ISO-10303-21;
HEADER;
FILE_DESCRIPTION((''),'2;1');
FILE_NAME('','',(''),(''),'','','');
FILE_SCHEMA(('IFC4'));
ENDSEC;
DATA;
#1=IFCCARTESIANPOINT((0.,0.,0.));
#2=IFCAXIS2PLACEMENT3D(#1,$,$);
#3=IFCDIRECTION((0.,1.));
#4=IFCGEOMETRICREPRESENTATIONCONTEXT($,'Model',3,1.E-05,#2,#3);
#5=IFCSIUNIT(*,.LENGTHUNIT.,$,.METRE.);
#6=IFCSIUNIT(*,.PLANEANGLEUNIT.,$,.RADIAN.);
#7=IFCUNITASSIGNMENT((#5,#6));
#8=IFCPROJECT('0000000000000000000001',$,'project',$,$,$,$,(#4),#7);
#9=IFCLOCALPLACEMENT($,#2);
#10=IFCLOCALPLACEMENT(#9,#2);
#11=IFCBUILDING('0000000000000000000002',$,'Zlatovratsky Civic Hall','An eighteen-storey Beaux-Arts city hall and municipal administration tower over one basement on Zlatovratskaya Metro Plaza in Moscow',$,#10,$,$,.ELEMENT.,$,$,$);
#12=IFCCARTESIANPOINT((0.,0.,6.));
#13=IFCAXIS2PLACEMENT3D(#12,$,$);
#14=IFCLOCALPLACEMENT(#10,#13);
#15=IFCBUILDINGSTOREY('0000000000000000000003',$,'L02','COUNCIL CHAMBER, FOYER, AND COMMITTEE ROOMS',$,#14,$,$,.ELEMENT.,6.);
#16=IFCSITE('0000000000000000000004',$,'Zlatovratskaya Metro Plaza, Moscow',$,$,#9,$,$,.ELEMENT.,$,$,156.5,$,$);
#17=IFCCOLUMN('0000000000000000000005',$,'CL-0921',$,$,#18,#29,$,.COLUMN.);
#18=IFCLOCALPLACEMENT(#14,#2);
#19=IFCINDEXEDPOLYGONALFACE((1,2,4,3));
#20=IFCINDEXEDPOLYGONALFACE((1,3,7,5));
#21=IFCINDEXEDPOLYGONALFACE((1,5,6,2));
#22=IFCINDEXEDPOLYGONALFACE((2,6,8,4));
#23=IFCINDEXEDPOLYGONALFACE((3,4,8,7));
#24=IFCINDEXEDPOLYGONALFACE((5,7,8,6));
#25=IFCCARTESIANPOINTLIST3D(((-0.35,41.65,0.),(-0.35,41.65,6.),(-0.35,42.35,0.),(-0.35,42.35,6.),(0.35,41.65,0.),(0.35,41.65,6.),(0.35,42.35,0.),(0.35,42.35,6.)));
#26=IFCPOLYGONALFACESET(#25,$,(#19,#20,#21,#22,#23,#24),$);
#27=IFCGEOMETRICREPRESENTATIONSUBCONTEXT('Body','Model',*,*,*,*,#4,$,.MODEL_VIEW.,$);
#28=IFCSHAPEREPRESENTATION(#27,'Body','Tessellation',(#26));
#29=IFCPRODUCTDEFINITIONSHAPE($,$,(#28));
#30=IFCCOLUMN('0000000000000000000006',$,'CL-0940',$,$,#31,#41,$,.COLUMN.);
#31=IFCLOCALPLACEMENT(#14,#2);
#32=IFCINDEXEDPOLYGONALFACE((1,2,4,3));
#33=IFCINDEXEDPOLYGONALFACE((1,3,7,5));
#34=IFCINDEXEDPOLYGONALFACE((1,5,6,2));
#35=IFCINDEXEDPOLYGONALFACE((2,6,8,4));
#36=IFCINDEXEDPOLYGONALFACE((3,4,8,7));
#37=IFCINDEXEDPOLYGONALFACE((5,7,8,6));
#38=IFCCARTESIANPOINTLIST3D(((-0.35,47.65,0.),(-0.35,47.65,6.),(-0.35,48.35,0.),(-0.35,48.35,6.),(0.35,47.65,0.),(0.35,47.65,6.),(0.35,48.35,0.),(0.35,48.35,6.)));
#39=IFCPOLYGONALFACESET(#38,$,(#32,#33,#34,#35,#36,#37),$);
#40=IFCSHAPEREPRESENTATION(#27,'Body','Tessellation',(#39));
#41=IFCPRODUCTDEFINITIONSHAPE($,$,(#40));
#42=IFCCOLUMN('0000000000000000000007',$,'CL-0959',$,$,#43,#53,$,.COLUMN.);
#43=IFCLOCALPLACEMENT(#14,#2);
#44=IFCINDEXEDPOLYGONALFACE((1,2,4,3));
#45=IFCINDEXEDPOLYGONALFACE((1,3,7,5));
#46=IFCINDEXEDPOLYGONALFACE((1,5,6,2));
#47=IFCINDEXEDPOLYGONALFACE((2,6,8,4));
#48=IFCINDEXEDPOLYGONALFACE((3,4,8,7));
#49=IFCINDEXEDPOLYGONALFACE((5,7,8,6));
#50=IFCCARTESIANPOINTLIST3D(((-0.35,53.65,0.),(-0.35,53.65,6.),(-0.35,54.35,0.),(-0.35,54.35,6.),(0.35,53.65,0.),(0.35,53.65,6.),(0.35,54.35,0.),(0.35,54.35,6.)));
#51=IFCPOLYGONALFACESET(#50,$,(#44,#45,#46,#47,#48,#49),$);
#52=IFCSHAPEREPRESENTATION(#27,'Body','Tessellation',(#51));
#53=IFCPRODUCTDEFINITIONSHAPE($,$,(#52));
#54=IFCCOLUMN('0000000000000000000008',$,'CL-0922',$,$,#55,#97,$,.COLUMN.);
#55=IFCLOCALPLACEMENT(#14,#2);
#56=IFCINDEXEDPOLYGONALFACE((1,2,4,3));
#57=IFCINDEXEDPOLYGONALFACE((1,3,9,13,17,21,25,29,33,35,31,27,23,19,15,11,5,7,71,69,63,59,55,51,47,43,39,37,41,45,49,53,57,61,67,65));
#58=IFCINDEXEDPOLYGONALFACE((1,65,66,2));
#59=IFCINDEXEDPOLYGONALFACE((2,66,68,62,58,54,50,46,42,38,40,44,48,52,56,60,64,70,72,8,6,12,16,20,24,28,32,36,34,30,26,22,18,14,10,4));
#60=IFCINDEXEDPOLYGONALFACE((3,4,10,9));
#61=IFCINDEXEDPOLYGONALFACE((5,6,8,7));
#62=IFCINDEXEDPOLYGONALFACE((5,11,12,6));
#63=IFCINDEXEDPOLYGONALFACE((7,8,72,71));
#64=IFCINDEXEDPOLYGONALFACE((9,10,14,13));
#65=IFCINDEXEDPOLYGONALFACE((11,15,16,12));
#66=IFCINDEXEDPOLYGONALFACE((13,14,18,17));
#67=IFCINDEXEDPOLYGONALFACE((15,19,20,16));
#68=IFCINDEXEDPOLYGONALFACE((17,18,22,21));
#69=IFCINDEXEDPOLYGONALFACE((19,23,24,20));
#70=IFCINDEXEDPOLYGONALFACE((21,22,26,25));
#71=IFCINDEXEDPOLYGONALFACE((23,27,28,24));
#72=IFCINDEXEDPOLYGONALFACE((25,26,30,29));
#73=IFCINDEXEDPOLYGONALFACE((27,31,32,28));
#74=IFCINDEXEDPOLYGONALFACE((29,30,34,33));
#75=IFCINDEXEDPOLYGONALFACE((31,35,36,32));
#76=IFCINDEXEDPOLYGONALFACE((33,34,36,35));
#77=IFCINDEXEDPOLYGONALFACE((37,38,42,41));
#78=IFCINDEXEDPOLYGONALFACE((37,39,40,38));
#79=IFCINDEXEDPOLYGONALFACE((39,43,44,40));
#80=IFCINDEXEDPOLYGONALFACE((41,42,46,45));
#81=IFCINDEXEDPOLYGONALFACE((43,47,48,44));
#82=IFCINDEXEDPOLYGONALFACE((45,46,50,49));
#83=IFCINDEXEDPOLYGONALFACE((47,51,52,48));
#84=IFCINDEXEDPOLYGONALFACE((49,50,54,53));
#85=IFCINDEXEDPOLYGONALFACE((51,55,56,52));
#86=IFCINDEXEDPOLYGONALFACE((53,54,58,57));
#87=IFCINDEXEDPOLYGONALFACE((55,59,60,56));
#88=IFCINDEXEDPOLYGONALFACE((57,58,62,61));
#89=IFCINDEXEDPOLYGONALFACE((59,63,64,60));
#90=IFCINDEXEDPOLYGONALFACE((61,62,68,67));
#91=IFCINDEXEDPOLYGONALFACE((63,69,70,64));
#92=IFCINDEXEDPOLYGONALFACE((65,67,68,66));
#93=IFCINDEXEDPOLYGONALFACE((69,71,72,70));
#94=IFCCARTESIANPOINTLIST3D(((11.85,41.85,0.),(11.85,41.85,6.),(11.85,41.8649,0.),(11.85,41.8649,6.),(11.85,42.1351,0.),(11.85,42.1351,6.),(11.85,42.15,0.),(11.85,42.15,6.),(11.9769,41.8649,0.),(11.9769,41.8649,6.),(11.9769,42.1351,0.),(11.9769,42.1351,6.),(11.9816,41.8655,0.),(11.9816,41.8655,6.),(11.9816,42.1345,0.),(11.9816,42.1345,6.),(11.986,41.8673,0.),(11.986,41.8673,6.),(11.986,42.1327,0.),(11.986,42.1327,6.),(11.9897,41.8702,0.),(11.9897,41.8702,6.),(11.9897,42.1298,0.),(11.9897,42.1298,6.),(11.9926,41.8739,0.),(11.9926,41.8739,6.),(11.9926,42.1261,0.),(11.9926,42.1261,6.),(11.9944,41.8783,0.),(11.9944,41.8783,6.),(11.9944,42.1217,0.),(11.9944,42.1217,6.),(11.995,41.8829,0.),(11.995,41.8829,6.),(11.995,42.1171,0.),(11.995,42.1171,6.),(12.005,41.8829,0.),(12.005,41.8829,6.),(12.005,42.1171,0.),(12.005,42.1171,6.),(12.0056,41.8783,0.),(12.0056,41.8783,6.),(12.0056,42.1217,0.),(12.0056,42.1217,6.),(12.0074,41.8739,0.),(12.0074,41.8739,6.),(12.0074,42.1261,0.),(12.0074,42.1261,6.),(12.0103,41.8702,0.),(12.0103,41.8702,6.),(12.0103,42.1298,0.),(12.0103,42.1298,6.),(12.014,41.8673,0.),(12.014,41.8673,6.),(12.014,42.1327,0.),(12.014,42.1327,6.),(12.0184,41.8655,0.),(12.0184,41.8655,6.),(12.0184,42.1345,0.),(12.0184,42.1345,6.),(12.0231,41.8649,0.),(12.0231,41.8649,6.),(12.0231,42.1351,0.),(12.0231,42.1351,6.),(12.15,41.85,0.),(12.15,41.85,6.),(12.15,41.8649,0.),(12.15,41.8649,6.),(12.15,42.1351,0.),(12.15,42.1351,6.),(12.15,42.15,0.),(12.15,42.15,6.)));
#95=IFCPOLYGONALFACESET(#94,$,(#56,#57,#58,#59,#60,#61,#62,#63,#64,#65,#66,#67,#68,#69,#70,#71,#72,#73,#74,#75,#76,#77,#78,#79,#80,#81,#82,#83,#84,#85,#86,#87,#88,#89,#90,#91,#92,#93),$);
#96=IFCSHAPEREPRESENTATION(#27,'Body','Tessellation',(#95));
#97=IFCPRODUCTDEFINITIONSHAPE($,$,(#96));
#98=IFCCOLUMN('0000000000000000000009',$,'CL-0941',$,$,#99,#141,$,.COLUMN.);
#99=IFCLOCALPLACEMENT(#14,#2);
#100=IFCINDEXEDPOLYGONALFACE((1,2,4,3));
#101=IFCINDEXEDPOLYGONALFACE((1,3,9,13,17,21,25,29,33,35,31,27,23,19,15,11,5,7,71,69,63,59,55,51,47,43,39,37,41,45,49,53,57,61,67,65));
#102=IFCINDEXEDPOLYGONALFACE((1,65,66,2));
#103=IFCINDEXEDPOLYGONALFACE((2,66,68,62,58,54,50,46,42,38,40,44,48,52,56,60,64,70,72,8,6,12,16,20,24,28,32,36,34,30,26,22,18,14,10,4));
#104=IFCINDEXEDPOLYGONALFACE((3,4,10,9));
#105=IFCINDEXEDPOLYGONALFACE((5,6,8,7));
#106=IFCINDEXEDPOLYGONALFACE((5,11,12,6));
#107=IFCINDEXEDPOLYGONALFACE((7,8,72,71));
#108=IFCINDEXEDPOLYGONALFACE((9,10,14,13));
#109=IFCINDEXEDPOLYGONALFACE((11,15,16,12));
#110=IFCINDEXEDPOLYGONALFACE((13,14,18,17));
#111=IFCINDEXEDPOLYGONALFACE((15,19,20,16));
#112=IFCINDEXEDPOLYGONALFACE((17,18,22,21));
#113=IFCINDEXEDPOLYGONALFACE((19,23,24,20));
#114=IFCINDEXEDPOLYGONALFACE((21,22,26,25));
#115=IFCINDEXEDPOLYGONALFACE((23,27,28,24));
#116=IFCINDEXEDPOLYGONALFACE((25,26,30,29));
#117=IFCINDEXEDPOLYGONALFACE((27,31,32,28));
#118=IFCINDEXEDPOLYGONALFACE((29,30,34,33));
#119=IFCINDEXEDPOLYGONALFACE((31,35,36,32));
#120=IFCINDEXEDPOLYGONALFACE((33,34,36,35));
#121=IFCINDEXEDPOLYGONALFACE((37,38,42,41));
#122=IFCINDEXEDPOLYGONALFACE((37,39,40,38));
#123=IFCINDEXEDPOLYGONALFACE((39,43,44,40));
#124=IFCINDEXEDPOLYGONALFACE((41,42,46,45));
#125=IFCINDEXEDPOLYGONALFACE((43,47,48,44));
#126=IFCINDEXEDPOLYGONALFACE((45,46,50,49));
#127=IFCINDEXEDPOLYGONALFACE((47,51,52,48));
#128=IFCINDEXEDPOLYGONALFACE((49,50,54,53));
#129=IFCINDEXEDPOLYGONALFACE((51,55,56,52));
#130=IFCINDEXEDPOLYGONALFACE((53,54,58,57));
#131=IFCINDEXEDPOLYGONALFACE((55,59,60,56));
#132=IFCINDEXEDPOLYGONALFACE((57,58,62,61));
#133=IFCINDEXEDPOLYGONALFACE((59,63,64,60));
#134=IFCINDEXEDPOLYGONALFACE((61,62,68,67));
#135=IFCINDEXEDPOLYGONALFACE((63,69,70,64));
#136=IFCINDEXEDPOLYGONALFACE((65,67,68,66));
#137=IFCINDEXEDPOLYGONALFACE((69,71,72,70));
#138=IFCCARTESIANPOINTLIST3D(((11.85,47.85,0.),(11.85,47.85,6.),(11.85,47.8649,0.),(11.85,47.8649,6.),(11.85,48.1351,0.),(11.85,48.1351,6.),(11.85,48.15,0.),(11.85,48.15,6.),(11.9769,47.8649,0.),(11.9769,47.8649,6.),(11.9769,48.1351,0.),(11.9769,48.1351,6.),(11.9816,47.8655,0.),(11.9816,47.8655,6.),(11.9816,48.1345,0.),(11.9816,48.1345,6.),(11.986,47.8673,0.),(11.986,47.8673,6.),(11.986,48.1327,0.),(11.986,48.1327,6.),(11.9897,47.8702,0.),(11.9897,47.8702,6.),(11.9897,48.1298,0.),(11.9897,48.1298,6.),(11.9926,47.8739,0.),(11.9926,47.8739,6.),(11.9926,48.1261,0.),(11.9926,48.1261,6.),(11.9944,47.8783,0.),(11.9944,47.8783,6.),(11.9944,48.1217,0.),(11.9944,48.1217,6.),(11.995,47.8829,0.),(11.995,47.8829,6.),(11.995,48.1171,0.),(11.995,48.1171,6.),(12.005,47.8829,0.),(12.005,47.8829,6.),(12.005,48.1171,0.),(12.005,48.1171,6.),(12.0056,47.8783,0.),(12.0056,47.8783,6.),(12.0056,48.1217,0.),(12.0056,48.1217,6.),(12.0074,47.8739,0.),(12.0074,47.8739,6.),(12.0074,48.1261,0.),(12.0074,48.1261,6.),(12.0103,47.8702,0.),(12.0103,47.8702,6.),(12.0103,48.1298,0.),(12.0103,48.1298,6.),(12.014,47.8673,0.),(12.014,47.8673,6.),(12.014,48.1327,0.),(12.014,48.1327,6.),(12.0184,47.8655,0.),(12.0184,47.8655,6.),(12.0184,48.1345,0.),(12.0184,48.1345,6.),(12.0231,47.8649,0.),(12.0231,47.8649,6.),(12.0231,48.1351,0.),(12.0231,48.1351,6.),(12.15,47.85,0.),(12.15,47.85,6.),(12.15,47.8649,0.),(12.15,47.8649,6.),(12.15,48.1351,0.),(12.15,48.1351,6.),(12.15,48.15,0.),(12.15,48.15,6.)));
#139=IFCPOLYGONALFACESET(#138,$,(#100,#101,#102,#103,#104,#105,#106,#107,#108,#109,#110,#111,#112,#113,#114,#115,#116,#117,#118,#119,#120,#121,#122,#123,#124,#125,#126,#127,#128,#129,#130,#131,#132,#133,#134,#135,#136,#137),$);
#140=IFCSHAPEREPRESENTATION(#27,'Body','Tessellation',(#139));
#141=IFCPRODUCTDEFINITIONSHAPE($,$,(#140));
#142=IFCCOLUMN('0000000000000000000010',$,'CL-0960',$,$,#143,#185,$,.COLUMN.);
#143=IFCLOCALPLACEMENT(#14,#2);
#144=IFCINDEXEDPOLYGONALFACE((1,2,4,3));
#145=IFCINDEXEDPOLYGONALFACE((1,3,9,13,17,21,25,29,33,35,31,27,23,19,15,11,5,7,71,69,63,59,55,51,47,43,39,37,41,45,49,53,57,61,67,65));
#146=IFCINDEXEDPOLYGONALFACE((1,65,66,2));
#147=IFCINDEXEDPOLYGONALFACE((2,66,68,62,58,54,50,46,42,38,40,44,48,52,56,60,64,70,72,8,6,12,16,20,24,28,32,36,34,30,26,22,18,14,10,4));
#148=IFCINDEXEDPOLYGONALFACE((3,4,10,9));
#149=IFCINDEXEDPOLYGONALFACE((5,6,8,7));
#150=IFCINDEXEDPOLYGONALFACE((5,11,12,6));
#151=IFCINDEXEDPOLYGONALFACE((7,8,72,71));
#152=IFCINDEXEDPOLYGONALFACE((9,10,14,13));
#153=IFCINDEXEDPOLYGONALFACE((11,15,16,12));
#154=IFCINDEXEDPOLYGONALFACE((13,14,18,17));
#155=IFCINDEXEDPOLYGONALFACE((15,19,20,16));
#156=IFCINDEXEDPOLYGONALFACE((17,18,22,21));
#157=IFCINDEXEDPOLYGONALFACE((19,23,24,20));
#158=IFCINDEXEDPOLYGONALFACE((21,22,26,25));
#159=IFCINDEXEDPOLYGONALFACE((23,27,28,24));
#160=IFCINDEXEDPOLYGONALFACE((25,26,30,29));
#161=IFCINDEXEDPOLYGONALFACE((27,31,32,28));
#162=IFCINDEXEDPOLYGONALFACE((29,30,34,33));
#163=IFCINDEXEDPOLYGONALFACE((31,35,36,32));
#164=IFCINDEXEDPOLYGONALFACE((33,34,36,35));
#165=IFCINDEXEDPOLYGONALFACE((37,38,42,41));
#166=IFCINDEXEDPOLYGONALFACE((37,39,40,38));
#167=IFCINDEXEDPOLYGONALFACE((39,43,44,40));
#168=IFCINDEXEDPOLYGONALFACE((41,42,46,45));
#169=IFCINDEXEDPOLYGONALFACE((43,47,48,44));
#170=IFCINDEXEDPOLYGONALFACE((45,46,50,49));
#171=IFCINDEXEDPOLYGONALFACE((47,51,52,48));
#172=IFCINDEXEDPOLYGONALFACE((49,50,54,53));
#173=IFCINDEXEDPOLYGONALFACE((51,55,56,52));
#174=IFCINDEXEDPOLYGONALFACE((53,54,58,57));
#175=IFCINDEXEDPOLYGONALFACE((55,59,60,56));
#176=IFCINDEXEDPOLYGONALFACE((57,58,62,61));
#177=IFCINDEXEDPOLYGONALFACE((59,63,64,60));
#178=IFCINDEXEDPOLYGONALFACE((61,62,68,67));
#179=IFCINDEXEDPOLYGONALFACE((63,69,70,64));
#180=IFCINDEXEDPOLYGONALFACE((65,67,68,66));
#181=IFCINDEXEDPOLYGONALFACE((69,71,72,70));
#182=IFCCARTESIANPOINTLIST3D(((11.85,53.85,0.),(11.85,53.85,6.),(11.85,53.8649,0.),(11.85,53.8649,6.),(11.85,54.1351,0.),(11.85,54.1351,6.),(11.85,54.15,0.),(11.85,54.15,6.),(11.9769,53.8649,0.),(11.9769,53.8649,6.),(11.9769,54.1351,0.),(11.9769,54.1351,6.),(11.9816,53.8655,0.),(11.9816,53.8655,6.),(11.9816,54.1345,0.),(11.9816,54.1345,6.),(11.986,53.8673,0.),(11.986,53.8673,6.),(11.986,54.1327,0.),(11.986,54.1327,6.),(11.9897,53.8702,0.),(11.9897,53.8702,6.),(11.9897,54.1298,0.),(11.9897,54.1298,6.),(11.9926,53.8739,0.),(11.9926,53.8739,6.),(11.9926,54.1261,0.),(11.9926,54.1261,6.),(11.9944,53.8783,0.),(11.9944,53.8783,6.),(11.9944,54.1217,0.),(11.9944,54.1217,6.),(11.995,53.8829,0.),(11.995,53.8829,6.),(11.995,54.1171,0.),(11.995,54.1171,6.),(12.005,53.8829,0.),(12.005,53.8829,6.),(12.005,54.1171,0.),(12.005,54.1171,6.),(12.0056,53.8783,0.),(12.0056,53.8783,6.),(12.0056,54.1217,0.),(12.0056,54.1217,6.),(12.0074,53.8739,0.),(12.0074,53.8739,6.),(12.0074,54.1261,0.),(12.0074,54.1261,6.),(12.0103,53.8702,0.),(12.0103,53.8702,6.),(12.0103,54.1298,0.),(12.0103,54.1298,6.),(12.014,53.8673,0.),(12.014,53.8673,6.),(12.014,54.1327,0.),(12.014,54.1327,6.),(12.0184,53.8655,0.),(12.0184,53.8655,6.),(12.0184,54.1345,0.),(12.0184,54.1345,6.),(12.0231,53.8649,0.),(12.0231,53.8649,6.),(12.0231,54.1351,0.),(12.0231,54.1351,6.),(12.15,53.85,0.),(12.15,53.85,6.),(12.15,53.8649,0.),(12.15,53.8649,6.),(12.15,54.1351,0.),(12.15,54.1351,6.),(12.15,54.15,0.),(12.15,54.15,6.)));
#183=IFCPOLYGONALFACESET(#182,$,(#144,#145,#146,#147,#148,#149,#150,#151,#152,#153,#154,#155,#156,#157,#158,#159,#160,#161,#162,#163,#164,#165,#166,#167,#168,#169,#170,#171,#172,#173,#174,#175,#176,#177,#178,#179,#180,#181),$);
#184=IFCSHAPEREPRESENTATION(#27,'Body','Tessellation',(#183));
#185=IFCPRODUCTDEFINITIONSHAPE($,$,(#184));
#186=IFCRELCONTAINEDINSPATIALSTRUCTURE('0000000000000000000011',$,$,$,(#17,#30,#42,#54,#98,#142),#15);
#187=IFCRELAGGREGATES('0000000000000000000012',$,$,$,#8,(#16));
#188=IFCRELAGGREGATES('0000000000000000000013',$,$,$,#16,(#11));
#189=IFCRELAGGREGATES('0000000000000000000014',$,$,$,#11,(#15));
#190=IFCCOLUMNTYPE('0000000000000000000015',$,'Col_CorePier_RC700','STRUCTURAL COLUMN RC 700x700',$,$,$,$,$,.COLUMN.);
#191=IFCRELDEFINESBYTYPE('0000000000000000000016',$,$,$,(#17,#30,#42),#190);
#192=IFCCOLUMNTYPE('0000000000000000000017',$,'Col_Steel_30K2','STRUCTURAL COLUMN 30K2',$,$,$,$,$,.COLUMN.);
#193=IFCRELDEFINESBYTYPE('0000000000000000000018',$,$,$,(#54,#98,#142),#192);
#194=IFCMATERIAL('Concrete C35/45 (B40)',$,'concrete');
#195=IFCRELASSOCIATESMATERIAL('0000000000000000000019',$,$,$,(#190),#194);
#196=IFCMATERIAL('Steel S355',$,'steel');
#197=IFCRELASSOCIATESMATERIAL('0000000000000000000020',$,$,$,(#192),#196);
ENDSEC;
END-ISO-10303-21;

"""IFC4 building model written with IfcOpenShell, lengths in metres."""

from ifc_helpers import new_model, si_unit, direction, frame, origin, origin_2d, place, context, subcontext, project, spatial, rectangle, i_section, extrude, material, material_profile, profile_set, type_object, element, save


model = new_model("IFC4")

# Units and contexts
model_context = context("Model", 3, precision=1e-05, world=origin(), true_north=direction((0.0, 1.0)))
body_context = subcontext(model_context, "Body", "Model", "MODEL_VIEW")
ifc_project = project(units=[si_unit("LENGTHUNIT", "METRE"), si_unit("PLANEANGLEUNIT", "RADIAN")], contexts=[model_context])

# Site, building, storey
site_placement = place(None, origin())
site = spatial("IfcSite", under=ifc_project, at=site_placement, Name="Zlatovratskaya Metro Plaza, Moscow", CompositionType="ELEMENT", RefElevation=156.5)
building_placement = place(site_placement, origin())
building = spatial("IfcBuilding", under=site, at=building_placement, Name="Zlatovratsky Civic Hall", Description="An eighteen-storey Beaux-Arts city hall and municipal administration tower over one basement on Zlatovratskaya Metro Plaza in Moscow", CompositionType="ELEMENT")
storey_placement = place(building_placement, frame((0.0, 0.0, 6.0)))
storey = spatial("IfcBuildingStorey", under=building, at=storey_placement, Name="L02", Description="COUNCIL CHAMBER, FOYER, AND COMMITTEE ROOMS", CompositionType="ELEMENT", Elevation=6.0)

# Columns
ifc_material_1 = material(Name="Concrete C35/45 (B40)", Category="concrete")
ifc_material_profile_1 = material_profile(ifc_material_1, rectangle(XDim=0.7, YDim=0.7, at=origin_2d()), Name="RC 700x700")
ifc_profile_set_1 = profile_set([ifc_material_profile_1], Name="Concrete C35/45 (B40)")
column_type_1 = type_object("IfcColumnType", Name="Col_CorePier_RC700", Description="STRUCTURAL COLUMN RC 700x700", PredefinedType="COLUMN", material=ifc_profile_set_1)
for number, where, z_axis, x_axis, name in (
    (1, (0.0, 42.0, 0.0), (0.0, 0.0, 1.0), (1.0, 0.0, 0.0), "CL-0921"),
    (2, (0.0, 48.0, 0.0), (0.0, 0.0, 1.0), (1.0, 0.0, 0.0), "CL-0940"),
    (3, (0.0, 54.0, 0.0), (0.0, 0.0, 1.0), (1.0, 0.0, 0.0), "CL-0959"),
):
    element("IfcColumn", number, at=place(storey_placement, frame(where, z_axis=z_axis, x_axis=x_axis)), inside=storey, type_object=column_type_1, Name=name, PredefinedType="COLUMN", context=body_context, shape_type="SweptSolid", body=[
        extrude(rectangle(XDim=0.7, YDim=0.7, at=origin_2d()), origin(), (0.0, 0.0, 1.0), 6.0),
    ])
ifc_material_2 = material(Name="Steel S355", Category="steel")
ifc_material_profile_2 = material_profile(ifc_material_2, i_section(OverallWidth=0.3, OverallDepth=0.3, WebThickness=0.01, FlangeThickness=0.0149, FilletRadius=0.0181, at=origin_2d()), Name="30K2")
ifc_profile_set_2 = profile_set([ifc_material_profile_2], Name="Steel S355")
column_type_2 = type_object("IfcColumnType", Name="Col_Steel_30K2", Description="STRUCTURAL COLUMN 30K2", PredefinedType="COLUMN", material=ifc_profile_set_2)
for number, where, z_axis, x_axis, name in (
    (4, (12.0, 42.0, 0.0), (0.0, 0.0, 1.0), (1.0, 0.0, 0.0), "CL-0922"),
    (5, (12.0, 48.0, 0.0), (0.0, 0.0, 1.0), (1.0, 0.0, 0.0), "CL-0941"),
    (6, (12.0, 54.0, 0.0), (0.0, 0.0, 1.0), (1.0, 0.0, 0.0), "CL-0960"),
):
    element("IfcColumn", number, at=place(storey_placement, frame(where, z_axis=z_axis, x_axis=x_axis)), inside=storey, type_object=column_type_2, Name=name, PredefinedType="COLUMN", context=body_context, shape_type="SweptSolid", body=[
        extrude(i_section(OverallWidth=0.3, OverallDepth=0.3, WebThickness=0.01, FlangeThickness=0.0149, FilletRadius=0.0181, at=origin_2d()), origin(), (0.0, 0.0, 1.0), 6.0),
    ])

save(model, "model.ifc")
